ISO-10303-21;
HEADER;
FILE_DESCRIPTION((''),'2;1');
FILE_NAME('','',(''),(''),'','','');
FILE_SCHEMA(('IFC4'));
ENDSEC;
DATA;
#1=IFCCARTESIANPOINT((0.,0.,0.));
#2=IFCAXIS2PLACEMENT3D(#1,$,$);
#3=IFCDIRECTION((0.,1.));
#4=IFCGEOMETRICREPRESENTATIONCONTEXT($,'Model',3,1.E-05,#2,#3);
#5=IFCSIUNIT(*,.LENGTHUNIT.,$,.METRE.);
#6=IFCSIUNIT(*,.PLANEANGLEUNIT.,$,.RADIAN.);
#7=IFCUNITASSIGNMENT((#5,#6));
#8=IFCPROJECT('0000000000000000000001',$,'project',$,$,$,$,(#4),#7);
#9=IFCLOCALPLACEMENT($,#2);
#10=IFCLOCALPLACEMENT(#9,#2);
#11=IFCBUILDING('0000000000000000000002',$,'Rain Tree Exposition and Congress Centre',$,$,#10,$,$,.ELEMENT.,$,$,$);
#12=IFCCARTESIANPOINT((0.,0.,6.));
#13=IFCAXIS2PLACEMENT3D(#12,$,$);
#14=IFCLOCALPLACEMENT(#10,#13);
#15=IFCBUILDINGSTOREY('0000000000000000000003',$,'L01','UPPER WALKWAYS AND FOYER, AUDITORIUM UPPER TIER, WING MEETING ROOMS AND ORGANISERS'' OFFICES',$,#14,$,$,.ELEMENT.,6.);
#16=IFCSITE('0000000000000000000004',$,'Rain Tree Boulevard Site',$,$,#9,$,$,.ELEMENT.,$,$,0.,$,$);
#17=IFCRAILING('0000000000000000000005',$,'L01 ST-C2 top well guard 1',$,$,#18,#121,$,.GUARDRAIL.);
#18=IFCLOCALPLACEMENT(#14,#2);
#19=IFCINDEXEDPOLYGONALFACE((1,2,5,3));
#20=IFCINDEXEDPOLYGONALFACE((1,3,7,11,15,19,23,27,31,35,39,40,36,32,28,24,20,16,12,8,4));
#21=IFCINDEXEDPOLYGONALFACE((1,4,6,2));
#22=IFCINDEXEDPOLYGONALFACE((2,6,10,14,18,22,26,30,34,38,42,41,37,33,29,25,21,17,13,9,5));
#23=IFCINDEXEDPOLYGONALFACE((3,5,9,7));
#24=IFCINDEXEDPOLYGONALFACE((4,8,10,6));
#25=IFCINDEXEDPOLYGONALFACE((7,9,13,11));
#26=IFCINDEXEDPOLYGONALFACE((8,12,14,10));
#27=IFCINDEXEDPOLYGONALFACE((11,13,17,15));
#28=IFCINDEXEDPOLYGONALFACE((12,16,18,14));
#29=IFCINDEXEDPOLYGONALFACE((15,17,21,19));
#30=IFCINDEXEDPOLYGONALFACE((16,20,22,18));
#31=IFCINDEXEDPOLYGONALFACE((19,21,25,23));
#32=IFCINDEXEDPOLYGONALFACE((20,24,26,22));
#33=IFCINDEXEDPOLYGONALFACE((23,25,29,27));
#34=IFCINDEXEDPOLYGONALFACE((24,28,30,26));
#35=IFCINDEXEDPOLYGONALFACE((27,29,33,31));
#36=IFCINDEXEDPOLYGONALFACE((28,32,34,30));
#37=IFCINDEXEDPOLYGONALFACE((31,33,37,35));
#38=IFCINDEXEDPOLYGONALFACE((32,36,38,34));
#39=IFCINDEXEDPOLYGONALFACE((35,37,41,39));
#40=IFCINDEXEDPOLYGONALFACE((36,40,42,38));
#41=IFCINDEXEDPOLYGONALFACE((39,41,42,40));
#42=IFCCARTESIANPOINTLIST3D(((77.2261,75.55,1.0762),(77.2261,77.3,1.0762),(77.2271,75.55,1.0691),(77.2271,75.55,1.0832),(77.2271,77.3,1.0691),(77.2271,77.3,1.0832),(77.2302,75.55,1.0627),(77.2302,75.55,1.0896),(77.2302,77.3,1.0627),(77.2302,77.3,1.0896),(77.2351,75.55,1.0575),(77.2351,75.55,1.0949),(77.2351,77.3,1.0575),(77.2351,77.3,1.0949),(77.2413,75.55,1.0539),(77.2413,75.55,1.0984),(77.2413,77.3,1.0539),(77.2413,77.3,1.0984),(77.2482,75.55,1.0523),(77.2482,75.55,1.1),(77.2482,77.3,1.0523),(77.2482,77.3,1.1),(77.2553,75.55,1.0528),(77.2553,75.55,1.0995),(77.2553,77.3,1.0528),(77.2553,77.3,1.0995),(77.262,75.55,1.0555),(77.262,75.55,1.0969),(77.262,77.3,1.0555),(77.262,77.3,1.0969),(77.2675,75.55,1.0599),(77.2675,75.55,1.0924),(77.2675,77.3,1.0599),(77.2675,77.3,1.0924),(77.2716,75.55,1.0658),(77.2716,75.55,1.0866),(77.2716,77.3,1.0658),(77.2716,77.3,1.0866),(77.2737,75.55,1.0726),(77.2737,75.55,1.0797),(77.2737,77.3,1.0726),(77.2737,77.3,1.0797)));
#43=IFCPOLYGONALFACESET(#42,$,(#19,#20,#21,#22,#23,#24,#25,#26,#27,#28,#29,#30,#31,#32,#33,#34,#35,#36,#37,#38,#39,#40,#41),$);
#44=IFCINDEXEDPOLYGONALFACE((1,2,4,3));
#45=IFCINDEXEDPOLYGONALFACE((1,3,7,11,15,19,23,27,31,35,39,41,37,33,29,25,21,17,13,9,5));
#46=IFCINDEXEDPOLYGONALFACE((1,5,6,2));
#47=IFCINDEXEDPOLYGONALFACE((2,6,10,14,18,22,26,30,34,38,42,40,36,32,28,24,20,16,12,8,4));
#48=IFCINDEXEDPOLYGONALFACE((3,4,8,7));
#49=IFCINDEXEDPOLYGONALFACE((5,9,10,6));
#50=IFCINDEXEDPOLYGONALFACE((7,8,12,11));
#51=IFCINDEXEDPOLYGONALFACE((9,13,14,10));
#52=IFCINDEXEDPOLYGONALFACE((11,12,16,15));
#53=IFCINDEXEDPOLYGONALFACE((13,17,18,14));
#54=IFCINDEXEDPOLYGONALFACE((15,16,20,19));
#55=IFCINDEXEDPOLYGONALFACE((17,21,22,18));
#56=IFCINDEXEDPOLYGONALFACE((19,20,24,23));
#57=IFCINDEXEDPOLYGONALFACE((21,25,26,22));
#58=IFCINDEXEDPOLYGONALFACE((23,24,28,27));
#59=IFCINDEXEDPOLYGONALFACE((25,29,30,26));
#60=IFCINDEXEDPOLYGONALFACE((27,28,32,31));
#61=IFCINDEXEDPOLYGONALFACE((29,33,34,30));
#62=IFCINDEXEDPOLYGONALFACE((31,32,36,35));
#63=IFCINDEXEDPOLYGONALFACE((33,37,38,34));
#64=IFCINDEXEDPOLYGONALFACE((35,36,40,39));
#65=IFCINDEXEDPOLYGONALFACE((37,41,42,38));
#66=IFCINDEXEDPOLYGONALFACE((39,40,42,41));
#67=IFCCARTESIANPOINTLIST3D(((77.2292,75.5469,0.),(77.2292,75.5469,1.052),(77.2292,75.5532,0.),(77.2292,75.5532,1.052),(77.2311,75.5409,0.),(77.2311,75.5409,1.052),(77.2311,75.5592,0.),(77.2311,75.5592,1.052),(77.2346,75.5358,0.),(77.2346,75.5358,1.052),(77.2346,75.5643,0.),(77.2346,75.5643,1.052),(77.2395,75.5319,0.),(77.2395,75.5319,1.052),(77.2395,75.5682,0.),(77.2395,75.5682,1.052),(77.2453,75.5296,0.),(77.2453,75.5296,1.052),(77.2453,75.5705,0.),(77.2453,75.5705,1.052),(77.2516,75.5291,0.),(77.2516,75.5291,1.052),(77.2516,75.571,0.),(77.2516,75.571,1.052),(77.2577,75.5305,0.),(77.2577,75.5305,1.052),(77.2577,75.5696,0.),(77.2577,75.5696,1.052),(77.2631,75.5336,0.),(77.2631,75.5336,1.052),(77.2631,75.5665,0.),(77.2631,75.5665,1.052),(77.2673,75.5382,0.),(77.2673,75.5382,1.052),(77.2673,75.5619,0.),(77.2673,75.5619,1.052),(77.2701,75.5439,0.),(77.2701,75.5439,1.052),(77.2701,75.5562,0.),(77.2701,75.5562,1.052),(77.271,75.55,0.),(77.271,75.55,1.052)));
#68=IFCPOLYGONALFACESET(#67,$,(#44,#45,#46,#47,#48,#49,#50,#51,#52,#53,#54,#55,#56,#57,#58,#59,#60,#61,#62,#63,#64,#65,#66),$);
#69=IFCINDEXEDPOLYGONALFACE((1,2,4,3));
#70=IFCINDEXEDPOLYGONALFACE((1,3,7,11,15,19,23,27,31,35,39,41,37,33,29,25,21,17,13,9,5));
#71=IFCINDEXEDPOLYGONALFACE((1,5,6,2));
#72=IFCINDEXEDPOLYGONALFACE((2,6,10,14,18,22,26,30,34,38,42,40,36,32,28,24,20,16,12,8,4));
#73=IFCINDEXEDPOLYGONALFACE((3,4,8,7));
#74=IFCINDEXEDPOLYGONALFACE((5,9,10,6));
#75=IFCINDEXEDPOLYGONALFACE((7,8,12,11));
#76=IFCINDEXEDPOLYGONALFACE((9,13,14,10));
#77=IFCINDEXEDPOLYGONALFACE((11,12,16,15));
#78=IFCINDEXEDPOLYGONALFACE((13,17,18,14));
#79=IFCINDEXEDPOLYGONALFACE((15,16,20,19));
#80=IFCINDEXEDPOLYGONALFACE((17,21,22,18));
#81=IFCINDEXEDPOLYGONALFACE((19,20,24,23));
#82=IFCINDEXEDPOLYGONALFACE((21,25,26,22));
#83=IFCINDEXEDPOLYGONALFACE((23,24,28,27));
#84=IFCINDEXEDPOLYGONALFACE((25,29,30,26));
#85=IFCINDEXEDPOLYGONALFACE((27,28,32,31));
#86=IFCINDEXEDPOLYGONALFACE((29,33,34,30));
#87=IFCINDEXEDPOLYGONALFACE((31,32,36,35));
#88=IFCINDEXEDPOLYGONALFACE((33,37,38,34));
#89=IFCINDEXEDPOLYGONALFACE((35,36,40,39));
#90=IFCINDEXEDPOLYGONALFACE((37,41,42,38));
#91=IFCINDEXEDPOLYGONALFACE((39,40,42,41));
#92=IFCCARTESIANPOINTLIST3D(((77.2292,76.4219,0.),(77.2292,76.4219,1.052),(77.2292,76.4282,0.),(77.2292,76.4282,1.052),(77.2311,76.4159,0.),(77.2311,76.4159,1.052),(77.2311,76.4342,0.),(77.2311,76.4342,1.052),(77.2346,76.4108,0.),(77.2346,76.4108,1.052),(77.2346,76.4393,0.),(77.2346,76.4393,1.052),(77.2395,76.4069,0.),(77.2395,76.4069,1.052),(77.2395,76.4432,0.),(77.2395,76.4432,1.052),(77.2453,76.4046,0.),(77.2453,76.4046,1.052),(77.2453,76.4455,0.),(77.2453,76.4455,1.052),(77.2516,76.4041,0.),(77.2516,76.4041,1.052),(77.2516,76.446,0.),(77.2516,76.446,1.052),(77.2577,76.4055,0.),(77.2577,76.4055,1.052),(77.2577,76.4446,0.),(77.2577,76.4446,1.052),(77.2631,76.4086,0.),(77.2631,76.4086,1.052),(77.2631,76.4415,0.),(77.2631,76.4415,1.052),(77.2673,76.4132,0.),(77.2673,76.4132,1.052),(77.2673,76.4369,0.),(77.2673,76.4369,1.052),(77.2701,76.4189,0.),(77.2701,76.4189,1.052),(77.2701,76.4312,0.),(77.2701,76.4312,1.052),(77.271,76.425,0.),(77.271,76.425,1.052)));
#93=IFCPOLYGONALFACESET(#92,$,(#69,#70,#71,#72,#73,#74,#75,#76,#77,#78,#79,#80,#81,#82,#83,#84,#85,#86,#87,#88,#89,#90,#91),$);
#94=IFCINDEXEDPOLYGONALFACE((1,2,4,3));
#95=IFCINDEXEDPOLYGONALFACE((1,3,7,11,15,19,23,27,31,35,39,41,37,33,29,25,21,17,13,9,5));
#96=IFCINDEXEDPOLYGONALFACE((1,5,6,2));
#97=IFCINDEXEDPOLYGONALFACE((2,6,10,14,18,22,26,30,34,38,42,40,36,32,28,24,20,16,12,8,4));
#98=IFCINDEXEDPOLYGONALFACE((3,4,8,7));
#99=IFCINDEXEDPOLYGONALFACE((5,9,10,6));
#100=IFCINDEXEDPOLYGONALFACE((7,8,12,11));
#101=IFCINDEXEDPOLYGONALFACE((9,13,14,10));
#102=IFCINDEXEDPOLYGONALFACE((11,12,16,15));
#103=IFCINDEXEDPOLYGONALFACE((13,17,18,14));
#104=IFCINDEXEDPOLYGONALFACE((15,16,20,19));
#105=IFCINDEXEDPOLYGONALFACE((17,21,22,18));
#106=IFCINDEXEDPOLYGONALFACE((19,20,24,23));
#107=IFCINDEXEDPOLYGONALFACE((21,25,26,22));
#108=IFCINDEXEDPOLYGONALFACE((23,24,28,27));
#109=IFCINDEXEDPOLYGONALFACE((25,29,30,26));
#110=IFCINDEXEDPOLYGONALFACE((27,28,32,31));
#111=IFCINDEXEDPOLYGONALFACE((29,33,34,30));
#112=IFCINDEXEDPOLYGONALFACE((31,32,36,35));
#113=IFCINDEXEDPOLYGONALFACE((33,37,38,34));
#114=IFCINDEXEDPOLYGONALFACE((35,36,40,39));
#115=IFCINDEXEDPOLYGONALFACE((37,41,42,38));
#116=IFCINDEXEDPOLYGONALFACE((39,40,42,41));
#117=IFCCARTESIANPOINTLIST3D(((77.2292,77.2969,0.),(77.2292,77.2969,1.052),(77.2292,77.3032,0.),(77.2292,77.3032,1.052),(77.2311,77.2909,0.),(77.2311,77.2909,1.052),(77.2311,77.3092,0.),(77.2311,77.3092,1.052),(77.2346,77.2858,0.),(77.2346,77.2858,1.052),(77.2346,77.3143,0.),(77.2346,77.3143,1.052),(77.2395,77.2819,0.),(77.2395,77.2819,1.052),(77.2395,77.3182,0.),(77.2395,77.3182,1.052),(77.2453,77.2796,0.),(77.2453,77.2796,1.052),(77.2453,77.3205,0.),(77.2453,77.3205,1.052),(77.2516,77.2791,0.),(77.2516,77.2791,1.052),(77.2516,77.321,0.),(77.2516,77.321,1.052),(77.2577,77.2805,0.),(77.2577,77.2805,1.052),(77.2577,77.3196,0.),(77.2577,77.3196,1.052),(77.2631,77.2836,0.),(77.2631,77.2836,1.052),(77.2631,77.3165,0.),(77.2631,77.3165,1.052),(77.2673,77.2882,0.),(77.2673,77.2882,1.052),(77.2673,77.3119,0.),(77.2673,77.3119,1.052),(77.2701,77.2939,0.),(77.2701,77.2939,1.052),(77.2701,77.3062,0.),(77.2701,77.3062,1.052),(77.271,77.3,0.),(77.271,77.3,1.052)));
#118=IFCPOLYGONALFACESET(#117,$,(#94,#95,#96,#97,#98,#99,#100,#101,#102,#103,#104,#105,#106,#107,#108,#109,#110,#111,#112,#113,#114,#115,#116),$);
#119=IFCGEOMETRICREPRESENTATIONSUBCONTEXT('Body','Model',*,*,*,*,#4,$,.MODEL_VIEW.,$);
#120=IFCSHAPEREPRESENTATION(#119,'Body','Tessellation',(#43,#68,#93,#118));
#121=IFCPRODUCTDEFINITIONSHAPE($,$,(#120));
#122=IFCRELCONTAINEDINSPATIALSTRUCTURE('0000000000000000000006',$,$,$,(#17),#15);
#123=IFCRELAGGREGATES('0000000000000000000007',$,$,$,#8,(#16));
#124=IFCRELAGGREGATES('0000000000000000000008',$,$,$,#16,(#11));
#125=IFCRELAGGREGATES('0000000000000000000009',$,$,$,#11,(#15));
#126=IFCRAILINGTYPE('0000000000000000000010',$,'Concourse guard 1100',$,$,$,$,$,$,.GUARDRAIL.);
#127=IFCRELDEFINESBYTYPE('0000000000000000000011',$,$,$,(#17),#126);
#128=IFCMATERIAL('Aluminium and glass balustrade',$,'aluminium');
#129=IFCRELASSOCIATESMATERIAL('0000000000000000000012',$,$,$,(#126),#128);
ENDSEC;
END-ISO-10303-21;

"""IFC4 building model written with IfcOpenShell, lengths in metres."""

from ifc_helpers import new_model, si_unit, direction, frame, origin, origin_2d, place, context, subcontext, project, spatial, circle, extrude, material, type_object, element, save


model = new_model("IFC4")

# Units and contexts
model_context = context("Model", 3, precision=1e-05, world=origin(), true_north=direction((0.0, 1.0)))
body_context = subcontext(model_context, "Body", "Model", "MODEL_VIEW")
ifc_project = project(units=[si_unit("LENGTHUNIT", "METRE"), si_unit("PLANEANGLEUNIT", "RADIAN")], contexts=[model_context])

# Site, building, storey
site_placement = place(None, origin())
site = spatial("IfcSite", under=ifc_project, at=site_placement, Name="Rain Tree Boulevard Site", CompositionType="ELEMENT", RefElevation=0.0)
building_placement = place(site_placement, origin())
building = spatial("IfcBuilding", under=site, at=building_placement, Name="Rain Tree Exposition and Congress Centre", CompositionType="ELEMENT")
storey_placement = place(building_placement, frame((0.0, 0.0, 6.0)))
storey = spatial("IfcBuildingStorey", under=building, at=storey_placement, Name="L01", Description="UPPER WALKWAYS AND FOYER, AUDITORIUM UPPER TIER, WING MEETING ROOMS AND ORGANISERS' OFFICES", CompositionType="ELEMENT", Elevation=6.0)

# Railing
ifc_material_1 = material(Name="Aluminium and glass balustrade", Category="aluminium")
railing_type = type_object("IfcRailingType", Name="Concourse guard 1100", PredefinedType="GUARDRAIL", material=ifc_material_1)
railing_1_placement = place(storey_placement, frame((77.25, 75.55, 0.0)))
element("IfcRailing", 1, at=railing_1_placement, inside=storey, type_object=railing_type, Name="L01 ST-C2 top well guard 1", PredefinedType="GUARDRAIL", context=body_context, shape_type="SweptSolid", body=[
    extrude(circle(Radius=0.0239, at=origin_2d()), frame((0.0, 0.0, 1.0762), z_axis=(0.0, 1.0, 0.0), x_axis=(-1.0, 0.0, 0.0)), (0.0, 0.0, 1.0), 1.75),
    extrude(circle(Radius=0.021, at=origin_2d()), origin(), (0.0, 0.0, 1.0), 1.052),
    extrude(circle(Radius=0.021, at=origin_2d()), frame((0.0, 0.875, 0.0)), (0.0, 0.0, 1.0), 1.052),
    extrude(circle(Radius=0.021, at=origin_2d()), frame((0.0, 1.75, 0.0)), (0.0, 0.0, 1.0), 1.052),
])

save(model, "model.ifc")
